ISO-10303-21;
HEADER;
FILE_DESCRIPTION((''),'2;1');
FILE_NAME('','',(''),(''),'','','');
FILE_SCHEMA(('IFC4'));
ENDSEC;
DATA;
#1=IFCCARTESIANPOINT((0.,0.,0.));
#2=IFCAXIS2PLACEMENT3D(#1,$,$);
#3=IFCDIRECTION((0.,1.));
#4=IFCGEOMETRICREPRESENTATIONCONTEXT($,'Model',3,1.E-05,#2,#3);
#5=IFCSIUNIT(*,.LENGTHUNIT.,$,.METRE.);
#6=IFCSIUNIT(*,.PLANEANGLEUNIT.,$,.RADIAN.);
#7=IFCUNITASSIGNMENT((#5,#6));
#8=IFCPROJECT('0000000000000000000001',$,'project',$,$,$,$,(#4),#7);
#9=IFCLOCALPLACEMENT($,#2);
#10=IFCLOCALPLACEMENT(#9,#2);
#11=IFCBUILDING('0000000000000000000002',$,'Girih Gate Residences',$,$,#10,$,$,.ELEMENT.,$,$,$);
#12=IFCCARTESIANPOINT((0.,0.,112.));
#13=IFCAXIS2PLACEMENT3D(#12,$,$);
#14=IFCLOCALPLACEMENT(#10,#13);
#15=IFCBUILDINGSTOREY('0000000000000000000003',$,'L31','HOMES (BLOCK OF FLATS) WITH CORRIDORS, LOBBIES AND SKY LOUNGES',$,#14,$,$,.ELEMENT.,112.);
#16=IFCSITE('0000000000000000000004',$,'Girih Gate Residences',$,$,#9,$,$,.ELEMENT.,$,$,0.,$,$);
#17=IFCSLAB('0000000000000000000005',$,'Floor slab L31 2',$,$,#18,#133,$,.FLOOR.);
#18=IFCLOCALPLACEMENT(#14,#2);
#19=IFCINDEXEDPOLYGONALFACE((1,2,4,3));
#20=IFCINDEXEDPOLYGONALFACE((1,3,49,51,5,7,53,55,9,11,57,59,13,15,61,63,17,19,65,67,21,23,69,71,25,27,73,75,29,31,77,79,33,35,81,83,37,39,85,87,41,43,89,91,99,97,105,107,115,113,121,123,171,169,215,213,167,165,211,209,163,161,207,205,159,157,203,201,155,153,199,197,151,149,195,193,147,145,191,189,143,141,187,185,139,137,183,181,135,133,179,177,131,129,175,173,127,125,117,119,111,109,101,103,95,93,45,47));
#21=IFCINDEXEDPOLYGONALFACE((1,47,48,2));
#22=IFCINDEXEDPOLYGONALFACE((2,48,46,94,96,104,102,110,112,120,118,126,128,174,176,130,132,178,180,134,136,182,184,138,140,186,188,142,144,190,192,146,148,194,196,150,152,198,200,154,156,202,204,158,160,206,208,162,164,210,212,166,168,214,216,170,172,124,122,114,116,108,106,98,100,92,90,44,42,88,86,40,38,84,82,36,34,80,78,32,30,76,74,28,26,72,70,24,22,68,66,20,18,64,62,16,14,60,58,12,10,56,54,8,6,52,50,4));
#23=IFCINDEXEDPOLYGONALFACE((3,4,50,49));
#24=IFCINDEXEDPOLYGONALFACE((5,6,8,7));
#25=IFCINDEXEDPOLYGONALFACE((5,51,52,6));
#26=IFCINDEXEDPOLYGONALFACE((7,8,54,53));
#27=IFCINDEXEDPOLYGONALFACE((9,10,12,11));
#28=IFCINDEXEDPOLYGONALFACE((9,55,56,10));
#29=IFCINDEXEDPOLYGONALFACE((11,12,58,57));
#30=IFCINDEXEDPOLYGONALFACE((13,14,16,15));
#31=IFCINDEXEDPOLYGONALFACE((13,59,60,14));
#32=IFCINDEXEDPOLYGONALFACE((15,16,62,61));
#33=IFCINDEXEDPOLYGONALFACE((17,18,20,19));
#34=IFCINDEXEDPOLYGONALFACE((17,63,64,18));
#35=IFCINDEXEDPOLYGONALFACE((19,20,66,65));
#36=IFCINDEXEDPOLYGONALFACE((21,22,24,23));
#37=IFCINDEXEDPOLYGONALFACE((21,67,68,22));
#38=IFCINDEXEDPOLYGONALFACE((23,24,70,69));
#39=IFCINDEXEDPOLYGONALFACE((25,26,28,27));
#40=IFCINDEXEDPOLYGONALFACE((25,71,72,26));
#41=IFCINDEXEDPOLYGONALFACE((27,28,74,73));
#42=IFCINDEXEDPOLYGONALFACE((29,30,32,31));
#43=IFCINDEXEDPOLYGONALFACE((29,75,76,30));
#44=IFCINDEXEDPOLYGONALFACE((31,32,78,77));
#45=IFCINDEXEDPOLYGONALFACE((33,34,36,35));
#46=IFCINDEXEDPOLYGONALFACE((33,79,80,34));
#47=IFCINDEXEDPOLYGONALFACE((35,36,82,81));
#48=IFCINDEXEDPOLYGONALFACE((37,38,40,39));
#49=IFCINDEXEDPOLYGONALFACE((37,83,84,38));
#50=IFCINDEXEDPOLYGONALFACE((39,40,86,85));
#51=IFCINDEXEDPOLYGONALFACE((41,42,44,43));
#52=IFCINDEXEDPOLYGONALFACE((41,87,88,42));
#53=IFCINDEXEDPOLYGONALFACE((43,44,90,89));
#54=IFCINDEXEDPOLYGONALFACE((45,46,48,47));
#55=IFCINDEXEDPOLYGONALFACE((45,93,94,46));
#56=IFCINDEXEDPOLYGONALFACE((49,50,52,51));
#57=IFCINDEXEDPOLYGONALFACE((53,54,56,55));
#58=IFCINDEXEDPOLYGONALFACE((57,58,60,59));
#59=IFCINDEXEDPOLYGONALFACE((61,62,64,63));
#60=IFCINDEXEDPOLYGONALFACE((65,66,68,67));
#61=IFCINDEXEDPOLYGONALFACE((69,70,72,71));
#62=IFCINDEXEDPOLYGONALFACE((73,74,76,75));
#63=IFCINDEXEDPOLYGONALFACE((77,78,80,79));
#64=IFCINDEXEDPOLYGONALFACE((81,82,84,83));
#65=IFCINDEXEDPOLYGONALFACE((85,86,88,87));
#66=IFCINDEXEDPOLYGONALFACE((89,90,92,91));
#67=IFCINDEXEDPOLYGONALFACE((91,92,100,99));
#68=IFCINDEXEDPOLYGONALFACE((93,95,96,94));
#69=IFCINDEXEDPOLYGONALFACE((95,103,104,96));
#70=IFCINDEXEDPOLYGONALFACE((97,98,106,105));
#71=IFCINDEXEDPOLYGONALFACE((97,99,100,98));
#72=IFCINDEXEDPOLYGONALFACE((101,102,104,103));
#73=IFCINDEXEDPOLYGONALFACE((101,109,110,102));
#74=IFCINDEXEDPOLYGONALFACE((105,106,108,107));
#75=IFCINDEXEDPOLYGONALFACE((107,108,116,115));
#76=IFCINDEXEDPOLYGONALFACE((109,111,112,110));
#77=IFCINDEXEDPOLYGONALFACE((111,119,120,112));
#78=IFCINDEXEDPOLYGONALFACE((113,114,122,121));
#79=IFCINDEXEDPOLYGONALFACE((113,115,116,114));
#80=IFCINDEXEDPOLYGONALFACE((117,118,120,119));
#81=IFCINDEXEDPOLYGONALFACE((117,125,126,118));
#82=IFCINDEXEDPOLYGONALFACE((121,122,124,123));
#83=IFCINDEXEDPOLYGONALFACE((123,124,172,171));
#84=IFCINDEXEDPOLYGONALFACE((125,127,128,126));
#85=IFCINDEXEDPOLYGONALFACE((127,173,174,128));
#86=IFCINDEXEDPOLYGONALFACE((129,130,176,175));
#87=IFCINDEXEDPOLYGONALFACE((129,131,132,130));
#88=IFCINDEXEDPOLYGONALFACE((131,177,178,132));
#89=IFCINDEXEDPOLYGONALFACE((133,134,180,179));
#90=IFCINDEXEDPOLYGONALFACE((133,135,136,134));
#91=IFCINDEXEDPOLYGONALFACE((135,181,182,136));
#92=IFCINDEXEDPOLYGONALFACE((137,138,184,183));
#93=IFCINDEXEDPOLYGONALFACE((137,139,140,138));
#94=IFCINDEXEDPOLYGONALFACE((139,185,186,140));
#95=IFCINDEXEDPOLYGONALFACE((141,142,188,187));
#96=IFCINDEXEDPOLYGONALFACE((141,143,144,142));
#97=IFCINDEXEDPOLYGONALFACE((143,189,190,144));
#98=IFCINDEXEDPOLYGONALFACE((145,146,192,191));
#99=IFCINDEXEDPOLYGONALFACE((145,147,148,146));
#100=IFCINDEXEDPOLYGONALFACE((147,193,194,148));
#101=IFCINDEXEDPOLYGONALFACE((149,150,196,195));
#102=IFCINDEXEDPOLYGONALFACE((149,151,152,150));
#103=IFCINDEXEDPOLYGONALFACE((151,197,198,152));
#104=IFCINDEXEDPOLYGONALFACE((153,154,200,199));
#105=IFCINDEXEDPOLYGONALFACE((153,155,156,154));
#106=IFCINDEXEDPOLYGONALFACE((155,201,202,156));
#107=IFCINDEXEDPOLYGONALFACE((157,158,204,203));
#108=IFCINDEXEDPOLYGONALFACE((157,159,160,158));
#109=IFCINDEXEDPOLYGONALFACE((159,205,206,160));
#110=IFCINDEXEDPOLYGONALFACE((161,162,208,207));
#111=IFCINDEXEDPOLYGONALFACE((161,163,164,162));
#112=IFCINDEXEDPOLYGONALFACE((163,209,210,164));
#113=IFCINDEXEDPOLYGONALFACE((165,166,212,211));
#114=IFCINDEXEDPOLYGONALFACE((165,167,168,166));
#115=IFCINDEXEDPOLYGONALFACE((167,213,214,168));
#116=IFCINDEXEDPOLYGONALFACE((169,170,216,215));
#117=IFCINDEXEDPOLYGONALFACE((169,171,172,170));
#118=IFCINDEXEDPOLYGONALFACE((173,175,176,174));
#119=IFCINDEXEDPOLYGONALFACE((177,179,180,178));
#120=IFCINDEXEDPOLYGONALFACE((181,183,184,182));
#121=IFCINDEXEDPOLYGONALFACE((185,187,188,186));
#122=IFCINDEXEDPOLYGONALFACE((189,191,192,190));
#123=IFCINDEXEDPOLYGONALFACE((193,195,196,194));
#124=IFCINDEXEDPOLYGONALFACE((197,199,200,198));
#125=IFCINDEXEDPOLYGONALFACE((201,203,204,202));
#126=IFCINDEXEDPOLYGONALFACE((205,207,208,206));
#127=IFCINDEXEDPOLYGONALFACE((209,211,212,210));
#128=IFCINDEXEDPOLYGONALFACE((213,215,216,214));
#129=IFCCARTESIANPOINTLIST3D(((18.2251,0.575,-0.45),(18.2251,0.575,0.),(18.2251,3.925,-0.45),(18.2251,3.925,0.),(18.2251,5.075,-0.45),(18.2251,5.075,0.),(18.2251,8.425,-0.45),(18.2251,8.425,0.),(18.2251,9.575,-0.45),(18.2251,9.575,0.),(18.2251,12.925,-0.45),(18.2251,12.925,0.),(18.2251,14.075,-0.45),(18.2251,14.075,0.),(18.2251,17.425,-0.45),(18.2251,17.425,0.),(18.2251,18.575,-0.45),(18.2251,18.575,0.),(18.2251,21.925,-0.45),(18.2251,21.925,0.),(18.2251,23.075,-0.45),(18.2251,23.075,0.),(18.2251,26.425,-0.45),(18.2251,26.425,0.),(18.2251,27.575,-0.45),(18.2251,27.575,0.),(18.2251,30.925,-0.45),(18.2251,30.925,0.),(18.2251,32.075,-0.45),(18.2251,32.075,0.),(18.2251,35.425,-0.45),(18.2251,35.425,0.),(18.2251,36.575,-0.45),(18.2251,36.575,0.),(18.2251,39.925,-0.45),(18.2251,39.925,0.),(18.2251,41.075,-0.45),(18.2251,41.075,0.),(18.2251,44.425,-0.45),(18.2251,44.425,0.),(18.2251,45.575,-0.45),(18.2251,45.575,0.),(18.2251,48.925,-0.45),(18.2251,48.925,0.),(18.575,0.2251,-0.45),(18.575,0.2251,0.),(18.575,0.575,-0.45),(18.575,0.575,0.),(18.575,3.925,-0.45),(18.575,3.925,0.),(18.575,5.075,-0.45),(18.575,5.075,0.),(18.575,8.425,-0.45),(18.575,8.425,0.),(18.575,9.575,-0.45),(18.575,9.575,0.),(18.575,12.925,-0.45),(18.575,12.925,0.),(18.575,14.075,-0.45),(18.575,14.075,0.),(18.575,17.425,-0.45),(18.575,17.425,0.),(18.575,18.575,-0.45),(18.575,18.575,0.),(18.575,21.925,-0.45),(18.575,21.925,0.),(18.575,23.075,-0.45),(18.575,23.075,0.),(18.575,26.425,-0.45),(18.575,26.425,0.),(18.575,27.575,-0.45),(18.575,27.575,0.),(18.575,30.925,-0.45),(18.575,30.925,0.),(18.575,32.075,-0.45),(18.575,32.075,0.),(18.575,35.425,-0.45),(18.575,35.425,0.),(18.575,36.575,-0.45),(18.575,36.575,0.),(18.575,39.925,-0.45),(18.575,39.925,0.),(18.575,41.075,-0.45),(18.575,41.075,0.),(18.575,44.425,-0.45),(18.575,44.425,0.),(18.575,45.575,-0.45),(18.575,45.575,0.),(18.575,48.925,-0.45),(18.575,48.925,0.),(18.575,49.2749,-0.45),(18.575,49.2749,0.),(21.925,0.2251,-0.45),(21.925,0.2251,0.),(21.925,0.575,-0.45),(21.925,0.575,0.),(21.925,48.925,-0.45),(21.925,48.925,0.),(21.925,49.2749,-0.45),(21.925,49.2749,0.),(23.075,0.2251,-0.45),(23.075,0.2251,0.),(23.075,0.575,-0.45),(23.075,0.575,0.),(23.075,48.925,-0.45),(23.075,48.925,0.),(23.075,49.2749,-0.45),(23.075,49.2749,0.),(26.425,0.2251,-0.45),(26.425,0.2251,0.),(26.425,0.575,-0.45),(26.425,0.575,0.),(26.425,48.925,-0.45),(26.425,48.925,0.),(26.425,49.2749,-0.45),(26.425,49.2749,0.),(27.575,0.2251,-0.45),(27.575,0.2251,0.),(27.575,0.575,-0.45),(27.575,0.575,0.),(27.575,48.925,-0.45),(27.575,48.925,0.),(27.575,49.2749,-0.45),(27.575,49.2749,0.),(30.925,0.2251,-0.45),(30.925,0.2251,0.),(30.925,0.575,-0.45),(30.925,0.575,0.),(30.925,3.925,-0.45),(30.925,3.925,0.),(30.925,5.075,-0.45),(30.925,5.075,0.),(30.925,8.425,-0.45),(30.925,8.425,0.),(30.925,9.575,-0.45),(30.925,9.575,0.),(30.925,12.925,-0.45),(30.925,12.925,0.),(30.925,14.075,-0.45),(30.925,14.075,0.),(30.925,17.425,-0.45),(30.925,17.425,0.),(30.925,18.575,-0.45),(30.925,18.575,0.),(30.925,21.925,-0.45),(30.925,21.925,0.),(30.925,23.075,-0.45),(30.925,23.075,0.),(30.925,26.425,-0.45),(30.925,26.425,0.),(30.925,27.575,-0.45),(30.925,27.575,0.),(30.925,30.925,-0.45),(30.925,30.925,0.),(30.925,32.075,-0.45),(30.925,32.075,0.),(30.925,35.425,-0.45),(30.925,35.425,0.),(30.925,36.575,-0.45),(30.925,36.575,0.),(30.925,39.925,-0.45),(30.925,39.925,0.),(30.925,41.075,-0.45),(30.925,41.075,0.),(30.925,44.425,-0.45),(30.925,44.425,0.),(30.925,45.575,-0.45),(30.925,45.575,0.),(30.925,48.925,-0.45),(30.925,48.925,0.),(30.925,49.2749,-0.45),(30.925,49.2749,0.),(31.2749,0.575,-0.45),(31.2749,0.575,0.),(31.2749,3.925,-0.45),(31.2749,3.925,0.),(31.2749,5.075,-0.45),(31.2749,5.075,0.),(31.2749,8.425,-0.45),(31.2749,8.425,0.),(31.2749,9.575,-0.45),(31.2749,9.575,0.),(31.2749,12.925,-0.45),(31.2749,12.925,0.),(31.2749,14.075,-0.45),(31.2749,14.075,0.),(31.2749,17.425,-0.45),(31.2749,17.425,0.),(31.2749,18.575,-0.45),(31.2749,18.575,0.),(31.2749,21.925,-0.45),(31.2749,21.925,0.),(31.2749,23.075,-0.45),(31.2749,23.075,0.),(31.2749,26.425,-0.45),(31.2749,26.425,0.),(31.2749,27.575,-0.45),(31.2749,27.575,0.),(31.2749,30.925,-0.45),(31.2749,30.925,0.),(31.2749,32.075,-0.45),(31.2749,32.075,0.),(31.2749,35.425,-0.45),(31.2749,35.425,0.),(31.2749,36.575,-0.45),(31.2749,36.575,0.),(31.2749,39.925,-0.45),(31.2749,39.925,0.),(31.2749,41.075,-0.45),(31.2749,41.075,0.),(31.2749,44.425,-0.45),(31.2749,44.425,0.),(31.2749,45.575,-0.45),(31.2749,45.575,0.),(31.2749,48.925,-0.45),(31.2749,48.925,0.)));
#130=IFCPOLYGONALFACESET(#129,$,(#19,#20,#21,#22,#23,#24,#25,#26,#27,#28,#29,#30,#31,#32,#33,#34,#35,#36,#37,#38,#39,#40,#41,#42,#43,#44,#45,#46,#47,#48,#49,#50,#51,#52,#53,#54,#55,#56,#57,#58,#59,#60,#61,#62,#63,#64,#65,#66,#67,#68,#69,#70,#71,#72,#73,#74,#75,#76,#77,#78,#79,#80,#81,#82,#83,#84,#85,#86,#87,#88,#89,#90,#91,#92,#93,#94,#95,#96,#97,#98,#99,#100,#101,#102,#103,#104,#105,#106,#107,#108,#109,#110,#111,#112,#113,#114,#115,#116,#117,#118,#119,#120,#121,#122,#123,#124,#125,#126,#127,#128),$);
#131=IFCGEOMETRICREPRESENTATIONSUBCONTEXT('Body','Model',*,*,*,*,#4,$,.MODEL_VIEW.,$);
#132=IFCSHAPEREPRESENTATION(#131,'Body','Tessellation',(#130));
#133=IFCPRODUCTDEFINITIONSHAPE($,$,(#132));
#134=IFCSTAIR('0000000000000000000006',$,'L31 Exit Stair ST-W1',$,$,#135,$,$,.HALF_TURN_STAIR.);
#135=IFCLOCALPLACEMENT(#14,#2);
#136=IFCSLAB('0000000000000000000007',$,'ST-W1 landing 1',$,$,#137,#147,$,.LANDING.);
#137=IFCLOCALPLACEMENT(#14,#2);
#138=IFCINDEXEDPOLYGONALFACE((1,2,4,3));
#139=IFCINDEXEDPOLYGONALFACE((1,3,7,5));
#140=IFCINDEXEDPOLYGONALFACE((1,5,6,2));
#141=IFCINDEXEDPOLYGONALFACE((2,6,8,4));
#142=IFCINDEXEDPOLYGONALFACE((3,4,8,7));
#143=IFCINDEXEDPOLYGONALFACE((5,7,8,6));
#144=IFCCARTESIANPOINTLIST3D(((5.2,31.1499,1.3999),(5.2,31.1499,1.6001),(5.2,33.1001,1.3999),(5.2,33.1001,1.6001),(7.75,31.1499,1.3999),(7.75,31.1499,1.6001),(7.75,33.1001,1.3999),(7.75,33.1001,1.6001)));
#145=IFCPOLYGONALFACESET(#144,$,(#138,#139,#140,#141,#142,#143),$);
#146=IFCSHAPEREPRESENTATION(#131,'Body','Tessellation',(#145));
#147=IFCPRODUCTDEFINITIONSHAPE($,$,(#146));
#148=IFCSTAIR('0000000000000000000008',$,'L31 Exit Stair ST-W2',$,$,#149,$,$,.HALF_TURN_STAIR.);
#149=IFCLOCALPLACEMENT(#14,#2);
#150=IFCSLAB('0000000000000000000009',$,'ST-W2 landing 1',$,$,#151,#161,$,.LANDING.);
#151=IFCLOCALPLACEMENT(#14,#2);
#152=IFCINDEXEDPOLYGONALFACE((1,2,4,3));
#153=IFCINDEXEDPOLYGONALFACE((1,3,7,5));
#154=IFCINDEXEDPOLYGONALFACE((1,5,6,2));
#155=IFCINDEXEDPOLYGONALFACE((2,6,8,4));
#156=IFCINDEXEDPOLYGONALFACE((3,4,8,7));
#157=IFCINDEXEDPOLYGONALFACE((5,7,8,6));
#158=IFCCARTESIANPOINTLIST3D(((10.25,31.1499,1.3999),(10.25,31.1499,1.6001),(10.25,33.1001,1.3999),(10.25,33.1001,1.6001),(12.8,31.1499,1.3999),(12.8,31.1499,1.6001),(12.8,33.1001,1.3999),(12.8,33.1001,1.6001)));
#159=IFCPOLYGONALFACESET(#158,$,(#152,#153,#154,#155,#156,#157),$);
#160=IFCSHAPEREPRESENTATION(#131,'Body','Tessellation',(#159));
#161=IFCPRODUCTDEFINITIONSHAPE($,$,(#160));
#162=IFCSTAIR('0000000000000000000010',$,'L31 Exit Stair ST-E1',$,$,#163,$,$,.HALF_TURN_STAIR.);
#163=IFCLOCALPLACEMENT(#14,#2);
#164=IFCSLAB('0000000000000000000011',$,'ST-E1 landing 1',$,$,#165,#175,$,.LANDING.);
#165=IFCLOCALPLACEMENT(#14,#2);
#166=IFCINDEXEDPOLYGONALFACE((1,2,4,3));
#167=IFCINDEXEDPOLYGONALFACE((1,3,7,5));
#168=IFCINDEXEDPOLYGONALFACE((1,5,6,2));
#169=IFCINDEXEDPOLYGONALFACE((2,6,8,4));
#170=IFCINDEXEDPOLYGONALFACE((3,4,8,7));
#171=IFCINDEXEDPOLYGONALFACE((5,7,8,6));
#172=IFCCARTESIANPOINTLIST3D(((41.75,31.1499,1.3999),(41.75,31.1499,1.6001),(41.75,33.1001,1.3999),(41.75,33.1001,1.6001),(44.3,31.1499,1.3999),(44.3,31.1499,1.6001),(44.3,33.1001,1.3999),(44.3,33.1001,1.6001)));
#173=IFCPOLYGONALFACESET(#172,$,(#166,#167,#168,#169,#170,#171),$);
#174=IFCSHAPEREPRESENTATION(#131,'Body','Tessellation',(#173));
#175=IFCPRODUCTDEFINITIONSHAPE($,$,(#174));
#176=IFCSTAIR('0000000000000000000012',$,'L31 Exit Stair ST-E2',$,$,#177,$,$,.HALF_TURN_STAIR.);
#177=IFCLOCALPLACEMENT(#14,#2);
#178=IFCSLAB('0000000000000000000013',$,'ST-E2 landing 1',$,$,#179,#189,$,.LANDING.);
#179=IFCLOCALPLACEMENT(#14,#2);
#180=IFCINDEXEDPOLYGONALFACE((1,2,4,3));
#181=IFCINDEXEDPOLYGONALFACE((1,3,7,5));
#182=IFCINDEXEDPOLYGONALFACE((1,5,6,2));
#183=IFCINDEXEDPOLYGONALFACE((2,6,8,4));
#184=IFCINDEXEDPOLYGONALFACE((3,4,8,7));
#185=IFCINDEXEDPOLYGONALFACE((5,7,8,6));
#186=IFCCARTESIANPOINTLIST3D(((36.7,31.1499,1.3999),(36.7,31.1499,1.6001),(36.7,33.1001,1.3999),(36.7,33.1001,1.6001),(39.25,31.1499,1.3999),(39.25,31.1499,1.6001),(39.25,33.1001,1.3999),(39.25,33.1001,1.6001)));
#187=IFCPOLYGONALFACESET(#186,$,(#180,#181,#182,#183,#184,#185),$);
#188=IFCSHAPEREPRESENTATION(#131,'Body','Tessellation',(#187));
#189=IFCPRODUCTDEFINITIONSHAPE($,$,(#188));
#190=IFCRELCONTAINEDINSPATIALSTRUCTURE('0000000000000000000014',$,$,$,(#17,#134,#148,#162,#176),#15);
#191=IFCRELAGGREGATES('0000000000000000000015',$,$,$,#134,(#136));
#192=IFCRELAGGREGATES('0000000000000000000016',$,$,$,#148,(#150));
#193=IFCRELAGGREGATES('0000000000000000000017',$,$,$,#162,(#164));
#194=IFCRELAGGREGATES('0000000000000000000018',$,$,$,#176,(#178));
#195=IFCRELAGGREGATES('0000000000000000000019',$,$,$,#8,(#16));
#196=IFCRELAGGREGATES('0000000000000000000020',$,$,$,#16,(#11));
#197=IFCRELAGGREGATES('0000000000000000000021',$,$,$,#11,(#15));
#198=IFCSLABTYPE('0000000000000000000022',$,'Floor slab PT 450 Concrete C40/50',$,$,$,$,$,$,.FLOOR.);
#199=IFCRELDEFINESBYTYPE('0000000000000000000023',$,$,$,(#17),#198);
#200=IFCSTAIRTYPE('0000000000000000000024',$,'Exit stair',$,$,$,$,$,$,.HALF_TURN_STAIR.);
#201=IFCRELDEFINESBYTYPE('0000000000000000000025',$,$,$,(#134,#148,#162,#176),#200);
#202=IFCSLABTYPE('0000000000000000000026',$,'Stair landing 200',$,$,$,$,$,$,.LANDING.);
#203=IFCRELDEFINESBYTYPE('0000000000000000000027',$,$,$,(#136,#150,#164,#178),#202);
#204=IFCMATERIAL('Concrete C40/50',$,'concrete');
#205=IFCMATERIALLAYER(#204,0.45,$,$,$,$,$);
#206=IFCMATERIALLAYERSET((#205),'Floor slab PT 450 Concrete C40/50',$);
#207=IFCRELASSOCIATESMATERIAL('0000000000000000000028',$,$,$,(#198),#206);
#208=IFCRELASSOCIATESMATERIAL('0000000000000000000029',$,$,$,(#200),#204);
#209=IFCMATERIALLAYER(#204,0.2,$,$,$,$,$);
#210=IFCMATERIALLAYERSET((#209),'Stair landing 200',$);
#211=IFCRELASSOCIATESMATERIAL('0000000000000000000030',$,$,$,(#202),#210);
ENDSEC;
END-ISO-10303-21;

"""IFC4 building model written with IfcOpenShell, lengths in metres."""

from ifc_helpers import new_model, si_unit, direction, frame, origin, place, context, subcontext, project, spatial, polyline, outline, extrude, material, layer, layer_set, type_object, element, aggregate, save


model = new_model("IFC4")

# Units and contexts
model_context = context("Model", 3, precision=1e-05, world=origin(), true_north=direction((0.0, 1.0)))
body_context = subcontext(model_context, "Body", "Model", "MODEL_VIEW")
ifc_project = project(units=[si_unit("LENGTHUNIT", "METRE"), si_unit("PLANEANGLEUNIT", "RADIAN")], contexts=[model_context])

# Site, building, storey
site_placement = place(None, origin())
site = spatial("IfcSite", under=ifc_project, at=site_placement, Name="Girih Gate Residences", CompositionType="ELEMENT", RefElevation=0.0)
building_placement = place(site_placement, origin())
building = spatial("IfcBuilding", under=site, at=building_placement, Name="Girih Gate Residences", CompositionType="ELEMENT")
storey_placement = place(building_placement, frame((0.0, 0.0, 112.0)))
storey = spatial("IfcBuildingStorey", under=building, at=storey_placement, Name="L31", Description="HOMES (BLOCK OF FLATS) WITH CORRIDORS, LOBBIES AND SKY LOUNGES", CompositionType="ELEMENT", Elevation=112.0)

# Slab
ifc_material_1 = material(Name="Concrete C40/50", Category="concrete")
ifc_layer_1 = layer(ifc_material_1, 0.45)
ifc_layer_set_1 = layer_set([ifc_layer_1], Name="Floor slab PT 450 Concrete C40/50")
slab_type_1 = type_object("IfcSlabType", Name="Floor slab PT 450 Concrete C40/50", PredefinedType="FLOOR", material=ifc_layer_set_1)
slab_1_placement = place(storey_placement, frame((0.0, 0.0, -0.45)))
element("IfcSlab", 1, at=slab_1_placement, inside=storey, type_object=slab_type_1, Name="Floor slab L31 2", PredefinedType="FLOOR", context=body_context, shape_type="SweptSolid", body=[
    extrude(outline(polyline([(21.925, 49.2749), (18.575, 49.2749), (18.575, 48.925), (18.2251, 48.925), (18.2251, 45.575), (18.575, 45.575), (18.575, 44.425), (18.2251, 44.425), (18.2251, 41.075), (18.575, 41.075), (18.575, 39.925), (18.2251, 39.925), (18.2251, 36.575), (18.575, 36.575), (18.575, 35.425), (18.2251, 35.425), (18.2251, 32.075), (18.575, 32.075), (18.575, 30.925), (18.2251, 30.925), (18.2251, 27.575), (18.575, 27.575), (18.575, 26.425), (18.2251, 26.425), (18.2251, 23.075), (18.575, 23.075), (18.575, 21.925), (18.2251, 21.925), (18.2251, 18.575), (18.575, 18.575), (18.575, 17.425), (18.2251, 17.425), (18.2251, 14.075), (18.575, 14.075), (18.575, 12.925), (18.2251, 12.925), (18.2251, 9.575), (18.575, 9.575), (18.575, 8.425), (18.2251, 8.425), (18.2251, 5.075), (18.575, 5.075), (18.575, 3.925), (18.2251, 3.925), (18.2251, 0.575), (18.575, 0.575), (18.575, 0.2251), (21.925, 0.2251), (21.925, 0.575), (23.075, 0.575), (23.075, 0.2251), (26.425, 0.2251), (26.425, 0.575), (27.575, 0.575), (27.575, 0.2251), (30.925, 0.2251), (30.925, 0.575), (31.2749, 0.575), (31.2749, 3.925), (30.925, 3.925), (30.925, 5.075), (31.2749, 5.075), (31.2749, 8.425), (30.925, 8.425), (30.925, 9.575), (31.2749, 9.575), (31.2749, 12.925), (30.925, 12.925), (30.925, 14.075), (31.2749, 14.075), (31.2749, 17.425), (30.925, 17.425), (30.925, 18.575), (31.2749, 18.575), (31.2749, 21.925), (30.925, 21.925), (30.925, 23.075), (31.2749, 23.075), (31.2749, 26.425), (30.925, 26.425), (30.925, 27.575), (31.2749, 27.575), (31.2749, 30.925), (30.925, 30.925), (30.925, 32.075), (31.2749, 32.075), (31.2749, 35.425), (30.925, 35.425), (30.925, 36.575), (31.2749, 36.575), (31.2749, 39.925), (30.925, 39.925), (30.925, 41.075), (31.2749, 41.075), (31.2749, 44.425), (30.925, 44.425), (30.925, 45.575), (31.2749, 45.575), (31.2749, 48.925), (30.925, 48.925), (30.925, 49.2749), (27.575, 49.2749), (27.575, 48.925), (26.425, 48.925), (26.425, 49.2749), (23.075, 49.2749), (23.075, 48.925), (21.925, 48.925), (21.925, 49.2749)])), origin(), (0.0, 0.0, 1.0), 0.45),
])

# Stairs, slabs
stair_type = type_object("IfcStairType", Name="Exit stair", PredefinedType="HALF_TURN_STAIR", material=ifc_material_1)
stair_1_placement = place(storey_placement, origin())
stair_1 = element("IfcStair", 2, at=stair_1_placement, inside=storey, type_object=stair_type, Name="L31 Exit Stair ST-W1", PredefinedType="HALF_TURN_STAIR")
ifc_layer_2 = layer(ifc_material_1, 0.2)
ifc_layer_set_2 = layer_set([ifc_layer_2], Name="Stair landing 200")
slab_type_2 = type_object("IfcSlabType", Name="Stair landing 200", PredefinedType="LANDING", material=ifc_layer_set_2)
slab_2_placement = place(storey_placement, frame((0.0, 0.0, 1.3999)))
slab_2 = element("IfcSlab", 3, at=slab_2_placement, type_object=slab_type_2, Name="ST-W1 landing 1", PredefinedType="LANDING", context=body_context, shape_type="SweptSolid", body=[
    extrude(outline(polyline([(7.75, 31.1499), (7.75, 33.1001), (5.2, 33.1001), (5.2, 31.1499), (7.75, 31.1499)])), origin(), (0.0, 0.0, 1.0), 0.2002),
])
aggregate(stair_1, [slab_2])
stair_2_placement = place(storey_placement, origin())
stair_2 = element("IfcStair", 4, at=stair_2_placement, inside=storey, type_object=stair_type, Name="L31 Exit Stair ST-W2", PredefinedType="HALF_TURN_STAIR")
slab_3_placement = place(storey_placement, frame((0.0, 0.0, 1.3999)))
slab_3 = element("IfcSlab", 5, at=slab_3_placement, type_object=slab_type_2, Name="ST-W2 landing 1", PredefinedType="LANDING", context=body_context, shape_type="SweptSolid", body=[
    extrude(outline(polyline([(12.8, 31.1499), (12.8, 33.1001), (10.25, 33.1001), (10.25, 31.1499), (12.8, 31.1499)])), origin(), (0.0, 0.0, 1.0), 0.2002),
])
aggregate(stair_2, [slab_3])
stair_3_placement = place(storey_placement, origin())
stair_3 = element("IfcStair", 6, at=stair_3_placement, inside=storey, type_object=stair_type, Name="L31 Exit Stair ST-E1", PredefinedType="HALF_TURN_STAIR")
slab_4_placement = place(storey_placement, frame((0.0, 0.0, 1.3999)))
slab_4 = element("IfcSlab", 7, at=slab_4_placement, type_object=slab_type_2, Name="ST-E1 landing 1", PredefinedType="LANDING", context=body_context, shape_type="SweptSolid", body=[
    extrude(outline(polyline([(44.3, 31.1499), (44.3, 33.1001), (41.75, 33.1001), (41.75, 31.1499), (44.3, 31.1499)])), origin(), (0.0, 0.0, 1.0), 0.2002),
])
aggregate(stair_3, [slab_4])
stair_4_placement = place(storey_placement, origin())
stair_4 = element("IfcStair", 8, at=stair_4_placement, inside=storey, type_object=stair_type, Name="L31 Exit Stair ST-E2", PredefinedType="HALF_TURN_STAIR")
slab_5_placement = place(storey_placement, frame((0.0, 0.0, 1.3999)))
slab_5 = element("IfcSlab", 9, at=slab_5_placement, type_object=slab_type_2, Name="ST-E2 landing 1", PredefinedType="LANDING", context=body_context, shape_type="SweptSolid", body=[
    extrude(outline(polyline([(39.25, 31.1499), (39.25, 33.1001), (36.7, 33.1001), (36.7, 31.1499), (39.25, 31.1499)])), origin(), (0.0, 0.0, 1.0), 0.2002),
])
aggregate(stair_4, [slab_5])

save(model, "model.ifc")
